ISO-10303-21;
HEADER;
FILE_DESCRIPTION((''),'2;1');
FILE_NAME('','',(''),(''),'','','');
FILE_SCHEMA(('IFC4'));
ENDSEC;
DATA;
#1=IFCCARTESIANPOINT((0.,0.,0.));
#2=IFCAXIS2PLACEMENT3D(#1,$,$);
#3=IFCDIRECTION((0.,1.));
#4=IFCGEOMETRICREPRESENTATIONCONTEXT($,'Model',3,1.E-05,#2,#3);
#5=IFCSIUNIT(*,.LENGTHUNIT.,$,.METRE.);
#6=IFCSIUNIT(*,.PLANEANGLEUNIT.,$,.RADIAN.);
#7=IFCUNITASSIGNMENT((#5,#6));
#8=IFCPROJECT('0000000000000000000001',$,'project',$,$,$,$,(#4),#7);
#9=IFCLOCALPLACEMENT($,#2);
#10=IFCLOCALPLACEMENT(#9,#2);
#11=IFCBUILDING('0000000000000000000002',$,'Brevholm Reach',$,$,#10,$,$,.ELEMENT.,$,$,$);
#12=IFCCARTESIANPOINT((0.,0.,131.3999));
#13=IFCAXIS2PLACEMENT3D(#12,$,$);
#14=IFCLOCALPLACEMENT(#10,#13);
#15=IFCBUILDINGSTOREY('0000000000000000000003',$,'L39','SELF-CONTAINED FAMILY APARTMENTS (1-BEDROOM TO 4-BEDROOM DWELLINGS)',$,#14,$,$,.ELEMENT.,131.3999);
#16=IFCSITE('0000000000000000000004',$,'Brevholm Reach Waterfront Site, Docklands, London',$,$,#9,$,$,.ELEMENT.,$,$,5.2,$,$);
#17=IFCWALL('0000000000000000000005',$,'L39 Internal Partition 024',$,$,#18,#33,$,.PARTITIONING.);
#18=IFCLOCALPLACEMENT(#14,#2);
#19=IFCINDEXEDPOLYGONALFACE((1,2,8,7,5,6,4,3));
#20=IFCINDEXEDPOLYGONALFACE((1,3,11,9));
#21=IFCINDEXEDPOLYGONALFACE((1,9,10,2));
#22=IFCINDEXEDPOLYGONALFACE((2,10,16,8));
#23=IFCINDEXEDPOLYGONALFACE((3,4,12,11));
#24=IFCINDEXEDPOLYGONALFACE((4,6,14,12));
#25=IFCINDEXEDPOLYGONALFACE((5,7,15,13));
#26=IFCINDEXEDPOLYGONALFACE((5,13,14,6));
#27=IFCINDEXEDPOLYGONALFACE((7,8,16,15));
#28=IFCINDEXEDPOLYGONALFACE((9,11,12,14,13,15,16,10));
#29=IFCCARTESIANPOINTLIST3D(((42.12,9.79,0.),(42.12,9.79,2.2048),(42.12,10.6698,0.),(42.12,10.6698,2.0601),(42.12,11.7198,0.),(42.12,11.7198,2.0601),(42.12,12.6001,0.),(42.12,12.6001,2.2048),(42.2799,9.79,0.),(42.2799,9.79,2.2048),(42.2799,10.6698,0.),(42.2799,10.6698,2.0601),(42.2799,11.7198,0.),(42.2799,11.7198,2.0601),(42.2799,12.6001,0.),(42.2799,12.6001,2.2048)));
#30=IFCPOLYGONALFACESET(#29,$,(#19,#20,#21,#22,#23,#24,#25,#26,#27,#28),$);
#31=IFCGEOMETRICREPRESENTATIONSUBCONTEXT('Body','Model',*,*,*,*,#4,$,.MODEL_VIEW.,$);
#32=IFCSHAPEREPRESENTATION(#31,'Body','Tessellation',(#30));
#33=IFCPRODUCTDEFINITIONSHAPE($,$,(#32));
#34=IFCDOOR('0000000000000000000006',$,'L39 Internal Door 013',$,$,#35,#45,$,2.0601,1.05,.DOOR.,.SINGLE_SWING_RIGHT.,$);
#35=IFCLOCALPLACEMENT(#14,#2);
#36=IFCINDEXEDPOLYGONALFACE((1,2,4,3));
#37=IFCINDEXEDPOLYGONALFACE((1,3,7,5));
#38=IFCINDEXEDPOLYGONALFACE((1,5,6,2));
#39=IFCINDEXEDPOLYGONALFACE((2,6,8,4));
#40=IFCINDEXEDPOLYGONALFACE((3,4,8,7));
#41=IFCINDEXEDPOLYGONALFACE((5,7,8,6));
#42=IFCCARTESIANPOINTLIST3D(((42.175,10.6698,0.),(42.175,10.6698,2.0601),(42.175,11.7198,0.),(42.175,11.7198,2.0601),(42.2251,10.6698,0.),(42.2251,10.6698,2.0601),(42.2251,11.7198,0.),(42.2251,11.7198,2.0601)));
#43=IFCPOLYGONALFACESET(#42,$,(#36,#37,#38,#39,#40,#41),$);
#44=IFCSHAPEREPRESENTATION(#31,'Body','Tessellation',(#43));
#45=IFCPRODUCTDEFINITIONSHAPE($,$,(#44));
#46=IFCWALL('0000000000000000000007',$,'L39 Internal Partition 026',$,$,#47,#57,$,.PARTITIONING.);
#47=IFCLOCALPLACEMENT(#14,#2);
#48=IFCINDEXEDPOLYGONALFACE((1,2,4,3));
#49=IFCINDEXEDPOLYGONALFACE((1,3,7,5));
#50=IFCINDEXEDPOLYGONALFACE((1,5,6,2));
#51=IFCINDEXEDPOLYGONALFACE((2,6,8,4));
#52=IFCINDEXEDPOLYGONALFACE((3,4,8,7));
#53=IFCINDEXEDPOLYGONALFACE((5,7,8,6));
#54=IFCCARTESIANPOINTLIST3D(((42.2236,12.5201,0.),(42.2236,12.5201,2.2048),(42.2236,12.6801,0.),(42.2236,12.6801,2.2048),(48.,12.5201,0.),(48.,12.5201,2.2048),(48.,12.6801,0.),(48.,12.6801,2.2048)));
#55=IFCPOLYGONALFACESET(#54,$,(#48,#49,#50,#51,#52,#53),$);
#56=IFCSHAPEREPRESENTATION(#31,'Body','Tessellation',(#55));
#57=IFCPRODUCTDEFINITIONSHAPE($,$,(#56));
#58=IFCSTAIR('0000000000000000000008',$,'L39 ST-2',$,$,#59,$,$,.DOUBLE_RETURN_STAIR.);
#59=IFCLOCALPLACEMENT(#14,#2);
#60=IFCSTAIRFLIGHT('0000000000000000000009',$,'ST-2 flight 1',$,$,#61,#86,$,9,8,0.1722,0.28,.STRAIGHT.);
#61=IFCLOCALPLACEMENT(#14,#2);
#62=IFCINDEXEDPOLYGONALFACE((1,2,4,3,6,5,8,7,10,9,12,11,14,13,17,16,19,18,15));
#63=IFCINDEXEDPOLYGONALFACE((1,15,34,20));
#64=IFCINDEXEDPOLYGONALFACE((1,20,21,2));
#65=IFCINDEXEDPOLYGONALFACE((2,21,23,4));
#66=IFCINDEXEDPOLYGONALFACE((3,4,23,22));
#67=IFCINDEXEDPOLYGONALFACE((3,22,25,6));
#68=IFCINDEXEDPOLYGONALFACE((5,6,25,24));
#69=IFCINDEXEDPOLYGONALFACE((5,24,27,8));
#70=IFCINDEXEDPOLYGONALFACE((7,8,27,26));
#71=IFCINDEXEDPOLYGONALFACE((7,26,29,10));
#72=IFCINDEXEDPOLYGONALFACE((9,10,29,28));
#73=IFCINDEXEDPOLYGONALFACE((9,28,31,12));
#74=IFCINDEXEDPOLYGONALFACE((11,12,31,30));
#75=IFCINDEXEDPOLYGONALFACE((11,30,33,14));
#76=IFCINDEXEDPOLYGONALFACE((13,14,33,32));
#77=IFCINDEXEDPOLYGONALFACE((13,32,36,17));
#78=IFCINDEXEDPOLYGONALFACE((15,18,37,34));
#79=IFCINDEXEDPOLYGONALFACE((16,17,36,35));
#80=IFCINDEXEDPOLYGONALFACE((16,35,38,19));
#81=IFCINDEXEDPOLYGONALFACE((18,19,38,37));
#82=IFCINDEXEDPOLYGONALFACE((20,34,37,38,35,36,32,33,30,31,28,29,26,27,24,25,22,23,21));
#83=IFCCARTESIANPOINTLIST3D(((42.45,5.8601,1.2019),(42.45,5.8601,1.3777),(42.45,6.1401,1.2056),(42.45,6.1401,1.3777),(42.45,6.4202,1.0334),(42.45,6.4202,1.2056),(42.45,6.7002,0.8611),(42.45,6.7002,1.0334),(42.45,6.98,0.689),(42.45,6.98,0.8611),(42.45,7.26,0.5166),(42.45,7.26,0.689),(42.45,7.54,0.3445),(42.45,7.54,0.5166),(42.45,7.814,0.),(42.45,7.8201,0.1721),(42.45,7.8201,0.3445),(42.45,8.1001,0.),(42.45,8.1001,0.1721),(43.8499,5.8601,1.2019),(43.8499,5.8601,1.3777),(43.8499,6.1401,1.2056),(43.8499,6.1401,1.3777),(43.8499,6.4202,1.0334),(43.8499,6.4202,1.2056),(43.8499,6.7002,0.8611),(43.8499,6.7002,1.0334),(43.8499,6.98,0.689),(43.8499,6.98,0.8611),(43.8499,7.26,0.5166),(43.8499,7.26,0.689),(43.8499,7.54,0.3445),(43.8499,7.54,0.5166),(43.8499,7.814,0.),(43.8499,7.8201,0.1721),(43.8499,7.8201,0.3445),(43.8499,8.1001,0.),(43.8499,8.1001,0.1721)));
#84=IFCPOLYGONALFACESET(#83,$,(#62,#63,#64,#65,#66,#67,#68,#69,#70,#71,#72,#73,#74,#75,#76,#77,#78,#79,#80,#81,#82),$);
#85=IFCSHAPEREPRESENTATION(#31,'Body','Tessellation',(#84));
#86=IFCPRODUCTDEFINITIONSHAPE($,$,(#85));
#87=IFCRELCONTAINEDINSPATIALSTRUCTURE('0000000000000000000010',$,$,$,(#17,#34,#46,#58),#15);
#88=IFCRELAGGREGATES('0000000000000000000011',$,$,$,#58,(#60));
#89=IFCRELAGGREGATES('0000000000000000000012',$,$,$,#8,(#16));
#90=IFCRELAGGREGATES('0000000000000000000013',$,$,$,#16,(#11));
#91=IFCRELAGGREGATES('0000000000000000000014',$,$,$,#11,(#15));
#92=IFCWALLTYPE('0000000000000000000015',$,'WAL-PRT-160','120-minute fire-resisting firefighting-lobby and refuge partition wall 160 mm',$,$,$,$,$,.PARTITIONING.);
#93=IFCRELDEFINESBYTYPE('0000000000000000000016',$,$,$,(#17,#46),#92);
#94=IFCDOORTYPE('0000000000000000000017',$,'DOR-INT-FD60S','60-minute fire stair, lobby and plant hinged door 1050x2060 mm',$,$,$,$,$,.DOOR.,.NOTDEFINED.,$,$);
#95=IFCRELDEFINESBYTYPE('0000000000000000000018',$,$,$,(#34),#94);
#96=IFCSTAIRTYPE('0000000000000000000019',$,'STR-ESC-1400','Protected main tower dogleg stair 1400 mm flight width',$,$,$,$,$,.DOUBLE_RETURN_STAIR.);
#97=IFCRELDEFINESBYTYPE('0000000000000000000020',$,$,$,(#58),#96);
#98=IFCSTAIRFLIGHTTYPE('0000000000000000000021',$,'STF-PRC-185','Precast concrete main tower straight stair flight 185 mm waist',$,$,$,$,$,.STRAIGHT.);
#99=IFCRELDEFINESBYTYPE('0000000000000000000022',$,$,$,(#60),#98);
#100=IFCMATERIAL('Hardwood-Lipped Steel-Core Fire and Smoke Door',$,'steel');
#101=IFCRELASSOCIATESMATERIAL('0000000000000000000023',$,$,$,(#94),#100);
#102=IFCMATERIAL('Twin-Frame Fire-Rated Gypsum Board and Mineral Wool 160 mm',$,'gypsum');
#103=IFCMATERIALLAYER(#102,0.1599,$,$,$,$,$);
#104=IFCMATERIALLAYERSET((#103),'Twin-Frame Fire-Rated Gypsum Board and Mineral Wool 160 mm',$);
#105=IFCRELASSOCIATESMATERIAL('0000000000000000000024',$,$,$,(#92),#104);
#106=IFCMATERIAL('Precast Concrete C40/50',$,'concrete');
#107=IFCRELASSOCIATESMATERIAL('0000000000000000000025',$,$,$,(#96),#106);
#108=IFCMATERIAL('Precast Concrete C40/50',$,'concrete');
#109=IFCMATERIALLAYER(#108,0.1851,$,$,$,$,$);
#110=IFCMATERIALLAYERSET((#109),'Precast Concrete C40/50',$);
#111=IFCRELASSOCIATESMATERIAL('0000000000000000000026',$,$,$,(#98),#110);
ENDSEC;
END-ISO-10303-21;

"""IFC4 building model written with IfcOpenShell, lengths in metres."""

from ifc_helpers import new_model, si_unit, direction, frame, frame_2d, origin, place, context, subcontext, project, spatial, polyline, rectangle, outline, extrude, material, layer, layer_set, type_object, element, fill, aggregate, save


model = new_model("IFC4")

# Units and contexts
model_context = context("Model", 3, precision=1e-05, world=origin(), true_north=direction((0.0, 1.0)))
body_context = subcontext(model_context, "Body", "Model", "MODEL_VIEW")
ifc_project = project(units=[si_unit("LENGTHUNIT", "METRE"), si_unit("PLANEANGLEUNIT", "RADIAN")], contexts=[model_context])

# Site, building, storey
site_placement = place(None, origin())
site = spatial("IfcSite", under=ifc_project, at=site_placement, Name="Brevholm Reach Waterfront Site, Docklands, London", CompositionType="ELEMENT", RefElevation=5.2)
building_placement = place(site_placement, origin())
building = spatial("IfcBuilding", under=site, at=building_placement, Name="Brevholm Reach", CompositionType="ELEMENT")
storey_placement = place(building_placement, frame((0.0, 0.0, 131.3999)))
storey = spatial("IfcBuildingStorey", under=building, at=storey_placement, Name="L39", Description="SELF-CONTAINED FAMILY APARTMENTS (1-BEDROOM TO 4-BEDROOM DWELLINGS)", CompositionType="ELEMENT", Elevation=131.3999)

# Shared definitions
ifc_material_1 = material(Name="Hardwood-Lipped Steel-Core Fire and Smoke Door", Category="steel")
door_type_1 = type_object("IfcDoorType", Name="DOR-INT-FD60S", Description="60-minute fire stair, lobby and plant hinged door 1050x2060 mm", OperationType="NOTDEFINED", PredefinedType="DOOR", material=ifc_material_1)

# Wall, opening, door
ifc_material_2 = material(Name="Twin-Frame Fire-Rated Gypsum Board and Mineral Wool 160 mm", Category="gypsum")
ifc_layer_1 = layer(ifc_material_2, 0.1599)
ifc_layer_set_1 = layer_set([ifc_layer_1], Name="Twin-Frame Fire-Rated Gypsum Board and Mineral Wool 160 mm")
wall_type_1 = type_object("IfcWallType", Name="WAL-PRT-160", Description="120-minute fire-resisting firefighting-lobby and refuge partition wall 160 mm", PredefinedType="PARTITIONING", material=ifc_layer_set_1)
wall_1_placement = place(storey_placement, frame((42.2, 9.79, 0.0), z_axis=(0.0, 0.0, 1.0), x_axis=(0.0, 1.0, 0.0)))
wall_1 = element("IfcWall", 1, at=wall_1_placement, inside=storey, type_object=wall_type_1, Name="L39 Internal Partition 024", PredefinedType="PARTITIONING", context=body_context, shape_type="SweptSolid", body=[
    extrude(rectangle(XDim=2.8101, YDim=0.1599, at=frame_2d((1.405, 0.0))), origin(), (0.0, 0.0, 1.0), 2.2048),
])
opening_1_placement = place(wall_1_placement, frame((0.8799, 0.0, 0.0)))
opening_1 = element("IfcOpeningElement", 2, at=opening_1_placement, cuts=wall_1, PredefinedType="OPENING", context=body_context, shape_type="SweptSolid", body=[
    extrude(rectangle(XDim=1.05, YDim=2.0601, at=frame_2d((0.5249, 1.03))), frame((0.0, 0.0898, 0.0), z_axis=(0.0, -1.0, 0.0), x_axis=(1.0, 0.0, 0.0)), (0.0, 0.0, 1.0), 0.1799),
])
door_1_placement = place(opening_1_placement, origin())
door_1 = element("IfcDoor", 3, at=door_1_placement, inside=storey, type_object=door_type_1, Name="L39 Internal Door 013", OperationType="SINGLE_SWING_RIGHT", OverallHeight=2.0601, OverallWidth=1.05, PredefinedType="DOOR", context=body_context, shape_type="SweptSolid", body=[
    extrude(rectangle(XDim=1.05, YDim=2.0601, at=frame_2d((0.5249, 1.03))), frame((0.0, 0.0249, 0.0), z_axis=(0.0, -1.0, 0.0), x_axis=(1.0, 0.0, 0.0)), (0.0, 0.0, 1.0), 0.05),
])
fill(opening_1, door_1)

# Wall
wall_2_placement = place(storey_placement, frame((42.2236, 12.6001, 0.0), z_axis=(0.0, 0.0, 1.0), x_axis=(1.0, 0.0, 0.0)))
element("IfcWall", 4, at=wall_2_placement, inside=storey, type_object=wall_type_1, Name="L39 Internal Partition 026", PredefinedType="PARTITIONING", context=body_context, shape_type="SweptSolid", body=[
    extrude(rectangle(XDim=5.7764, YDim=0.1599, at=frame_2d((2.8882, 0.0))), origin(), (0.0, 0.0, 1.0), 2.2048),
])

# Stair, stair flight
ifc_material_3 = material(Name="Precast Concrete C40/50", Category="concrete")
stair_type = type_object("IfcStairType", Name="STR-ESC-1400", Description="Protected main tower dogleg stair 1400 mm flight width", PredefinedType="DOUBLE_RETURN_STAIR", material=ifc_material_3)
stair_placement = place(storey_placement, origin())
stair = element("IfcStair", 5, at=stair_placement, inside=storey, type_object=stair_type, Name="L39 ST-2", PredefinedType="DOUBLE_RETURN_STAIR")
ifc_material_4 = material(Name="Precast Concrete C40/50", Category="concrete")
ifc_layer_2 = layer(ifc_material_4, 0.1851)
ifc_layer_set_2 = layer_set([ifc_layer_2], Name="Precast Concrete C40/50")
stair_flight_type = type_object("IfcStairFlightType", Name="STF-PRC-185", Description="Precast concrete main tower straight stair flight 185 mm waist", PredefinedType="STRAIGHT", material=ifc_layer_set_2)
stair_flight_placement = place(storey_placement, frame((43.1499, 8.1001, 0.0), z_axis=(0.0, 0.0, 1.0), x_axis=(0.0, -1.0, 0.0)))
stair_flight = element("IfcStairFlight", 6, at=stair_flight_placement, type_object=stair_flight_type, Name="ST-2 flight 1", NumberOfRisers=9, NumberOfTreads=8, PredefinedType="STRAIGHT", RiserHeight=0.1722, TreadLength=0.28, context=body_context, shape_type="SweptSolid", body=[
    extrude(outline(polyline([(0.0, 0.0), (0.0, 0.1721), (0.28, 0.1721), (0.28, 0.3445), (0.5601, 0.3445), (0.5601, 0.5166), (0.8401, 0.5166), (0.8401, 0.689), (1.1201, 0.689), (1.1201, 0.8611), (1.3999, 0.8611), (1.3999, 1.0334), (1.6799, 1.0334), (1.6799, 1.2056), (1.96, 1.2056), (1.96, 1.3777), (2.24, 1.3777), (2.24, 1.55), (2.24, 1.2019), (0.2861, 0.0), (0.0, 0.0)])), frame((0.0, 0.7, 0.0), z_axis=(0.0, -1.0, 0.0), x_axis=(1.0, 0.0, 0.0)), (0.0, 0.0, 1.0), 1.3999),
])
aggregate(stair, [stair_flight])

save(model, "model.ifc")
